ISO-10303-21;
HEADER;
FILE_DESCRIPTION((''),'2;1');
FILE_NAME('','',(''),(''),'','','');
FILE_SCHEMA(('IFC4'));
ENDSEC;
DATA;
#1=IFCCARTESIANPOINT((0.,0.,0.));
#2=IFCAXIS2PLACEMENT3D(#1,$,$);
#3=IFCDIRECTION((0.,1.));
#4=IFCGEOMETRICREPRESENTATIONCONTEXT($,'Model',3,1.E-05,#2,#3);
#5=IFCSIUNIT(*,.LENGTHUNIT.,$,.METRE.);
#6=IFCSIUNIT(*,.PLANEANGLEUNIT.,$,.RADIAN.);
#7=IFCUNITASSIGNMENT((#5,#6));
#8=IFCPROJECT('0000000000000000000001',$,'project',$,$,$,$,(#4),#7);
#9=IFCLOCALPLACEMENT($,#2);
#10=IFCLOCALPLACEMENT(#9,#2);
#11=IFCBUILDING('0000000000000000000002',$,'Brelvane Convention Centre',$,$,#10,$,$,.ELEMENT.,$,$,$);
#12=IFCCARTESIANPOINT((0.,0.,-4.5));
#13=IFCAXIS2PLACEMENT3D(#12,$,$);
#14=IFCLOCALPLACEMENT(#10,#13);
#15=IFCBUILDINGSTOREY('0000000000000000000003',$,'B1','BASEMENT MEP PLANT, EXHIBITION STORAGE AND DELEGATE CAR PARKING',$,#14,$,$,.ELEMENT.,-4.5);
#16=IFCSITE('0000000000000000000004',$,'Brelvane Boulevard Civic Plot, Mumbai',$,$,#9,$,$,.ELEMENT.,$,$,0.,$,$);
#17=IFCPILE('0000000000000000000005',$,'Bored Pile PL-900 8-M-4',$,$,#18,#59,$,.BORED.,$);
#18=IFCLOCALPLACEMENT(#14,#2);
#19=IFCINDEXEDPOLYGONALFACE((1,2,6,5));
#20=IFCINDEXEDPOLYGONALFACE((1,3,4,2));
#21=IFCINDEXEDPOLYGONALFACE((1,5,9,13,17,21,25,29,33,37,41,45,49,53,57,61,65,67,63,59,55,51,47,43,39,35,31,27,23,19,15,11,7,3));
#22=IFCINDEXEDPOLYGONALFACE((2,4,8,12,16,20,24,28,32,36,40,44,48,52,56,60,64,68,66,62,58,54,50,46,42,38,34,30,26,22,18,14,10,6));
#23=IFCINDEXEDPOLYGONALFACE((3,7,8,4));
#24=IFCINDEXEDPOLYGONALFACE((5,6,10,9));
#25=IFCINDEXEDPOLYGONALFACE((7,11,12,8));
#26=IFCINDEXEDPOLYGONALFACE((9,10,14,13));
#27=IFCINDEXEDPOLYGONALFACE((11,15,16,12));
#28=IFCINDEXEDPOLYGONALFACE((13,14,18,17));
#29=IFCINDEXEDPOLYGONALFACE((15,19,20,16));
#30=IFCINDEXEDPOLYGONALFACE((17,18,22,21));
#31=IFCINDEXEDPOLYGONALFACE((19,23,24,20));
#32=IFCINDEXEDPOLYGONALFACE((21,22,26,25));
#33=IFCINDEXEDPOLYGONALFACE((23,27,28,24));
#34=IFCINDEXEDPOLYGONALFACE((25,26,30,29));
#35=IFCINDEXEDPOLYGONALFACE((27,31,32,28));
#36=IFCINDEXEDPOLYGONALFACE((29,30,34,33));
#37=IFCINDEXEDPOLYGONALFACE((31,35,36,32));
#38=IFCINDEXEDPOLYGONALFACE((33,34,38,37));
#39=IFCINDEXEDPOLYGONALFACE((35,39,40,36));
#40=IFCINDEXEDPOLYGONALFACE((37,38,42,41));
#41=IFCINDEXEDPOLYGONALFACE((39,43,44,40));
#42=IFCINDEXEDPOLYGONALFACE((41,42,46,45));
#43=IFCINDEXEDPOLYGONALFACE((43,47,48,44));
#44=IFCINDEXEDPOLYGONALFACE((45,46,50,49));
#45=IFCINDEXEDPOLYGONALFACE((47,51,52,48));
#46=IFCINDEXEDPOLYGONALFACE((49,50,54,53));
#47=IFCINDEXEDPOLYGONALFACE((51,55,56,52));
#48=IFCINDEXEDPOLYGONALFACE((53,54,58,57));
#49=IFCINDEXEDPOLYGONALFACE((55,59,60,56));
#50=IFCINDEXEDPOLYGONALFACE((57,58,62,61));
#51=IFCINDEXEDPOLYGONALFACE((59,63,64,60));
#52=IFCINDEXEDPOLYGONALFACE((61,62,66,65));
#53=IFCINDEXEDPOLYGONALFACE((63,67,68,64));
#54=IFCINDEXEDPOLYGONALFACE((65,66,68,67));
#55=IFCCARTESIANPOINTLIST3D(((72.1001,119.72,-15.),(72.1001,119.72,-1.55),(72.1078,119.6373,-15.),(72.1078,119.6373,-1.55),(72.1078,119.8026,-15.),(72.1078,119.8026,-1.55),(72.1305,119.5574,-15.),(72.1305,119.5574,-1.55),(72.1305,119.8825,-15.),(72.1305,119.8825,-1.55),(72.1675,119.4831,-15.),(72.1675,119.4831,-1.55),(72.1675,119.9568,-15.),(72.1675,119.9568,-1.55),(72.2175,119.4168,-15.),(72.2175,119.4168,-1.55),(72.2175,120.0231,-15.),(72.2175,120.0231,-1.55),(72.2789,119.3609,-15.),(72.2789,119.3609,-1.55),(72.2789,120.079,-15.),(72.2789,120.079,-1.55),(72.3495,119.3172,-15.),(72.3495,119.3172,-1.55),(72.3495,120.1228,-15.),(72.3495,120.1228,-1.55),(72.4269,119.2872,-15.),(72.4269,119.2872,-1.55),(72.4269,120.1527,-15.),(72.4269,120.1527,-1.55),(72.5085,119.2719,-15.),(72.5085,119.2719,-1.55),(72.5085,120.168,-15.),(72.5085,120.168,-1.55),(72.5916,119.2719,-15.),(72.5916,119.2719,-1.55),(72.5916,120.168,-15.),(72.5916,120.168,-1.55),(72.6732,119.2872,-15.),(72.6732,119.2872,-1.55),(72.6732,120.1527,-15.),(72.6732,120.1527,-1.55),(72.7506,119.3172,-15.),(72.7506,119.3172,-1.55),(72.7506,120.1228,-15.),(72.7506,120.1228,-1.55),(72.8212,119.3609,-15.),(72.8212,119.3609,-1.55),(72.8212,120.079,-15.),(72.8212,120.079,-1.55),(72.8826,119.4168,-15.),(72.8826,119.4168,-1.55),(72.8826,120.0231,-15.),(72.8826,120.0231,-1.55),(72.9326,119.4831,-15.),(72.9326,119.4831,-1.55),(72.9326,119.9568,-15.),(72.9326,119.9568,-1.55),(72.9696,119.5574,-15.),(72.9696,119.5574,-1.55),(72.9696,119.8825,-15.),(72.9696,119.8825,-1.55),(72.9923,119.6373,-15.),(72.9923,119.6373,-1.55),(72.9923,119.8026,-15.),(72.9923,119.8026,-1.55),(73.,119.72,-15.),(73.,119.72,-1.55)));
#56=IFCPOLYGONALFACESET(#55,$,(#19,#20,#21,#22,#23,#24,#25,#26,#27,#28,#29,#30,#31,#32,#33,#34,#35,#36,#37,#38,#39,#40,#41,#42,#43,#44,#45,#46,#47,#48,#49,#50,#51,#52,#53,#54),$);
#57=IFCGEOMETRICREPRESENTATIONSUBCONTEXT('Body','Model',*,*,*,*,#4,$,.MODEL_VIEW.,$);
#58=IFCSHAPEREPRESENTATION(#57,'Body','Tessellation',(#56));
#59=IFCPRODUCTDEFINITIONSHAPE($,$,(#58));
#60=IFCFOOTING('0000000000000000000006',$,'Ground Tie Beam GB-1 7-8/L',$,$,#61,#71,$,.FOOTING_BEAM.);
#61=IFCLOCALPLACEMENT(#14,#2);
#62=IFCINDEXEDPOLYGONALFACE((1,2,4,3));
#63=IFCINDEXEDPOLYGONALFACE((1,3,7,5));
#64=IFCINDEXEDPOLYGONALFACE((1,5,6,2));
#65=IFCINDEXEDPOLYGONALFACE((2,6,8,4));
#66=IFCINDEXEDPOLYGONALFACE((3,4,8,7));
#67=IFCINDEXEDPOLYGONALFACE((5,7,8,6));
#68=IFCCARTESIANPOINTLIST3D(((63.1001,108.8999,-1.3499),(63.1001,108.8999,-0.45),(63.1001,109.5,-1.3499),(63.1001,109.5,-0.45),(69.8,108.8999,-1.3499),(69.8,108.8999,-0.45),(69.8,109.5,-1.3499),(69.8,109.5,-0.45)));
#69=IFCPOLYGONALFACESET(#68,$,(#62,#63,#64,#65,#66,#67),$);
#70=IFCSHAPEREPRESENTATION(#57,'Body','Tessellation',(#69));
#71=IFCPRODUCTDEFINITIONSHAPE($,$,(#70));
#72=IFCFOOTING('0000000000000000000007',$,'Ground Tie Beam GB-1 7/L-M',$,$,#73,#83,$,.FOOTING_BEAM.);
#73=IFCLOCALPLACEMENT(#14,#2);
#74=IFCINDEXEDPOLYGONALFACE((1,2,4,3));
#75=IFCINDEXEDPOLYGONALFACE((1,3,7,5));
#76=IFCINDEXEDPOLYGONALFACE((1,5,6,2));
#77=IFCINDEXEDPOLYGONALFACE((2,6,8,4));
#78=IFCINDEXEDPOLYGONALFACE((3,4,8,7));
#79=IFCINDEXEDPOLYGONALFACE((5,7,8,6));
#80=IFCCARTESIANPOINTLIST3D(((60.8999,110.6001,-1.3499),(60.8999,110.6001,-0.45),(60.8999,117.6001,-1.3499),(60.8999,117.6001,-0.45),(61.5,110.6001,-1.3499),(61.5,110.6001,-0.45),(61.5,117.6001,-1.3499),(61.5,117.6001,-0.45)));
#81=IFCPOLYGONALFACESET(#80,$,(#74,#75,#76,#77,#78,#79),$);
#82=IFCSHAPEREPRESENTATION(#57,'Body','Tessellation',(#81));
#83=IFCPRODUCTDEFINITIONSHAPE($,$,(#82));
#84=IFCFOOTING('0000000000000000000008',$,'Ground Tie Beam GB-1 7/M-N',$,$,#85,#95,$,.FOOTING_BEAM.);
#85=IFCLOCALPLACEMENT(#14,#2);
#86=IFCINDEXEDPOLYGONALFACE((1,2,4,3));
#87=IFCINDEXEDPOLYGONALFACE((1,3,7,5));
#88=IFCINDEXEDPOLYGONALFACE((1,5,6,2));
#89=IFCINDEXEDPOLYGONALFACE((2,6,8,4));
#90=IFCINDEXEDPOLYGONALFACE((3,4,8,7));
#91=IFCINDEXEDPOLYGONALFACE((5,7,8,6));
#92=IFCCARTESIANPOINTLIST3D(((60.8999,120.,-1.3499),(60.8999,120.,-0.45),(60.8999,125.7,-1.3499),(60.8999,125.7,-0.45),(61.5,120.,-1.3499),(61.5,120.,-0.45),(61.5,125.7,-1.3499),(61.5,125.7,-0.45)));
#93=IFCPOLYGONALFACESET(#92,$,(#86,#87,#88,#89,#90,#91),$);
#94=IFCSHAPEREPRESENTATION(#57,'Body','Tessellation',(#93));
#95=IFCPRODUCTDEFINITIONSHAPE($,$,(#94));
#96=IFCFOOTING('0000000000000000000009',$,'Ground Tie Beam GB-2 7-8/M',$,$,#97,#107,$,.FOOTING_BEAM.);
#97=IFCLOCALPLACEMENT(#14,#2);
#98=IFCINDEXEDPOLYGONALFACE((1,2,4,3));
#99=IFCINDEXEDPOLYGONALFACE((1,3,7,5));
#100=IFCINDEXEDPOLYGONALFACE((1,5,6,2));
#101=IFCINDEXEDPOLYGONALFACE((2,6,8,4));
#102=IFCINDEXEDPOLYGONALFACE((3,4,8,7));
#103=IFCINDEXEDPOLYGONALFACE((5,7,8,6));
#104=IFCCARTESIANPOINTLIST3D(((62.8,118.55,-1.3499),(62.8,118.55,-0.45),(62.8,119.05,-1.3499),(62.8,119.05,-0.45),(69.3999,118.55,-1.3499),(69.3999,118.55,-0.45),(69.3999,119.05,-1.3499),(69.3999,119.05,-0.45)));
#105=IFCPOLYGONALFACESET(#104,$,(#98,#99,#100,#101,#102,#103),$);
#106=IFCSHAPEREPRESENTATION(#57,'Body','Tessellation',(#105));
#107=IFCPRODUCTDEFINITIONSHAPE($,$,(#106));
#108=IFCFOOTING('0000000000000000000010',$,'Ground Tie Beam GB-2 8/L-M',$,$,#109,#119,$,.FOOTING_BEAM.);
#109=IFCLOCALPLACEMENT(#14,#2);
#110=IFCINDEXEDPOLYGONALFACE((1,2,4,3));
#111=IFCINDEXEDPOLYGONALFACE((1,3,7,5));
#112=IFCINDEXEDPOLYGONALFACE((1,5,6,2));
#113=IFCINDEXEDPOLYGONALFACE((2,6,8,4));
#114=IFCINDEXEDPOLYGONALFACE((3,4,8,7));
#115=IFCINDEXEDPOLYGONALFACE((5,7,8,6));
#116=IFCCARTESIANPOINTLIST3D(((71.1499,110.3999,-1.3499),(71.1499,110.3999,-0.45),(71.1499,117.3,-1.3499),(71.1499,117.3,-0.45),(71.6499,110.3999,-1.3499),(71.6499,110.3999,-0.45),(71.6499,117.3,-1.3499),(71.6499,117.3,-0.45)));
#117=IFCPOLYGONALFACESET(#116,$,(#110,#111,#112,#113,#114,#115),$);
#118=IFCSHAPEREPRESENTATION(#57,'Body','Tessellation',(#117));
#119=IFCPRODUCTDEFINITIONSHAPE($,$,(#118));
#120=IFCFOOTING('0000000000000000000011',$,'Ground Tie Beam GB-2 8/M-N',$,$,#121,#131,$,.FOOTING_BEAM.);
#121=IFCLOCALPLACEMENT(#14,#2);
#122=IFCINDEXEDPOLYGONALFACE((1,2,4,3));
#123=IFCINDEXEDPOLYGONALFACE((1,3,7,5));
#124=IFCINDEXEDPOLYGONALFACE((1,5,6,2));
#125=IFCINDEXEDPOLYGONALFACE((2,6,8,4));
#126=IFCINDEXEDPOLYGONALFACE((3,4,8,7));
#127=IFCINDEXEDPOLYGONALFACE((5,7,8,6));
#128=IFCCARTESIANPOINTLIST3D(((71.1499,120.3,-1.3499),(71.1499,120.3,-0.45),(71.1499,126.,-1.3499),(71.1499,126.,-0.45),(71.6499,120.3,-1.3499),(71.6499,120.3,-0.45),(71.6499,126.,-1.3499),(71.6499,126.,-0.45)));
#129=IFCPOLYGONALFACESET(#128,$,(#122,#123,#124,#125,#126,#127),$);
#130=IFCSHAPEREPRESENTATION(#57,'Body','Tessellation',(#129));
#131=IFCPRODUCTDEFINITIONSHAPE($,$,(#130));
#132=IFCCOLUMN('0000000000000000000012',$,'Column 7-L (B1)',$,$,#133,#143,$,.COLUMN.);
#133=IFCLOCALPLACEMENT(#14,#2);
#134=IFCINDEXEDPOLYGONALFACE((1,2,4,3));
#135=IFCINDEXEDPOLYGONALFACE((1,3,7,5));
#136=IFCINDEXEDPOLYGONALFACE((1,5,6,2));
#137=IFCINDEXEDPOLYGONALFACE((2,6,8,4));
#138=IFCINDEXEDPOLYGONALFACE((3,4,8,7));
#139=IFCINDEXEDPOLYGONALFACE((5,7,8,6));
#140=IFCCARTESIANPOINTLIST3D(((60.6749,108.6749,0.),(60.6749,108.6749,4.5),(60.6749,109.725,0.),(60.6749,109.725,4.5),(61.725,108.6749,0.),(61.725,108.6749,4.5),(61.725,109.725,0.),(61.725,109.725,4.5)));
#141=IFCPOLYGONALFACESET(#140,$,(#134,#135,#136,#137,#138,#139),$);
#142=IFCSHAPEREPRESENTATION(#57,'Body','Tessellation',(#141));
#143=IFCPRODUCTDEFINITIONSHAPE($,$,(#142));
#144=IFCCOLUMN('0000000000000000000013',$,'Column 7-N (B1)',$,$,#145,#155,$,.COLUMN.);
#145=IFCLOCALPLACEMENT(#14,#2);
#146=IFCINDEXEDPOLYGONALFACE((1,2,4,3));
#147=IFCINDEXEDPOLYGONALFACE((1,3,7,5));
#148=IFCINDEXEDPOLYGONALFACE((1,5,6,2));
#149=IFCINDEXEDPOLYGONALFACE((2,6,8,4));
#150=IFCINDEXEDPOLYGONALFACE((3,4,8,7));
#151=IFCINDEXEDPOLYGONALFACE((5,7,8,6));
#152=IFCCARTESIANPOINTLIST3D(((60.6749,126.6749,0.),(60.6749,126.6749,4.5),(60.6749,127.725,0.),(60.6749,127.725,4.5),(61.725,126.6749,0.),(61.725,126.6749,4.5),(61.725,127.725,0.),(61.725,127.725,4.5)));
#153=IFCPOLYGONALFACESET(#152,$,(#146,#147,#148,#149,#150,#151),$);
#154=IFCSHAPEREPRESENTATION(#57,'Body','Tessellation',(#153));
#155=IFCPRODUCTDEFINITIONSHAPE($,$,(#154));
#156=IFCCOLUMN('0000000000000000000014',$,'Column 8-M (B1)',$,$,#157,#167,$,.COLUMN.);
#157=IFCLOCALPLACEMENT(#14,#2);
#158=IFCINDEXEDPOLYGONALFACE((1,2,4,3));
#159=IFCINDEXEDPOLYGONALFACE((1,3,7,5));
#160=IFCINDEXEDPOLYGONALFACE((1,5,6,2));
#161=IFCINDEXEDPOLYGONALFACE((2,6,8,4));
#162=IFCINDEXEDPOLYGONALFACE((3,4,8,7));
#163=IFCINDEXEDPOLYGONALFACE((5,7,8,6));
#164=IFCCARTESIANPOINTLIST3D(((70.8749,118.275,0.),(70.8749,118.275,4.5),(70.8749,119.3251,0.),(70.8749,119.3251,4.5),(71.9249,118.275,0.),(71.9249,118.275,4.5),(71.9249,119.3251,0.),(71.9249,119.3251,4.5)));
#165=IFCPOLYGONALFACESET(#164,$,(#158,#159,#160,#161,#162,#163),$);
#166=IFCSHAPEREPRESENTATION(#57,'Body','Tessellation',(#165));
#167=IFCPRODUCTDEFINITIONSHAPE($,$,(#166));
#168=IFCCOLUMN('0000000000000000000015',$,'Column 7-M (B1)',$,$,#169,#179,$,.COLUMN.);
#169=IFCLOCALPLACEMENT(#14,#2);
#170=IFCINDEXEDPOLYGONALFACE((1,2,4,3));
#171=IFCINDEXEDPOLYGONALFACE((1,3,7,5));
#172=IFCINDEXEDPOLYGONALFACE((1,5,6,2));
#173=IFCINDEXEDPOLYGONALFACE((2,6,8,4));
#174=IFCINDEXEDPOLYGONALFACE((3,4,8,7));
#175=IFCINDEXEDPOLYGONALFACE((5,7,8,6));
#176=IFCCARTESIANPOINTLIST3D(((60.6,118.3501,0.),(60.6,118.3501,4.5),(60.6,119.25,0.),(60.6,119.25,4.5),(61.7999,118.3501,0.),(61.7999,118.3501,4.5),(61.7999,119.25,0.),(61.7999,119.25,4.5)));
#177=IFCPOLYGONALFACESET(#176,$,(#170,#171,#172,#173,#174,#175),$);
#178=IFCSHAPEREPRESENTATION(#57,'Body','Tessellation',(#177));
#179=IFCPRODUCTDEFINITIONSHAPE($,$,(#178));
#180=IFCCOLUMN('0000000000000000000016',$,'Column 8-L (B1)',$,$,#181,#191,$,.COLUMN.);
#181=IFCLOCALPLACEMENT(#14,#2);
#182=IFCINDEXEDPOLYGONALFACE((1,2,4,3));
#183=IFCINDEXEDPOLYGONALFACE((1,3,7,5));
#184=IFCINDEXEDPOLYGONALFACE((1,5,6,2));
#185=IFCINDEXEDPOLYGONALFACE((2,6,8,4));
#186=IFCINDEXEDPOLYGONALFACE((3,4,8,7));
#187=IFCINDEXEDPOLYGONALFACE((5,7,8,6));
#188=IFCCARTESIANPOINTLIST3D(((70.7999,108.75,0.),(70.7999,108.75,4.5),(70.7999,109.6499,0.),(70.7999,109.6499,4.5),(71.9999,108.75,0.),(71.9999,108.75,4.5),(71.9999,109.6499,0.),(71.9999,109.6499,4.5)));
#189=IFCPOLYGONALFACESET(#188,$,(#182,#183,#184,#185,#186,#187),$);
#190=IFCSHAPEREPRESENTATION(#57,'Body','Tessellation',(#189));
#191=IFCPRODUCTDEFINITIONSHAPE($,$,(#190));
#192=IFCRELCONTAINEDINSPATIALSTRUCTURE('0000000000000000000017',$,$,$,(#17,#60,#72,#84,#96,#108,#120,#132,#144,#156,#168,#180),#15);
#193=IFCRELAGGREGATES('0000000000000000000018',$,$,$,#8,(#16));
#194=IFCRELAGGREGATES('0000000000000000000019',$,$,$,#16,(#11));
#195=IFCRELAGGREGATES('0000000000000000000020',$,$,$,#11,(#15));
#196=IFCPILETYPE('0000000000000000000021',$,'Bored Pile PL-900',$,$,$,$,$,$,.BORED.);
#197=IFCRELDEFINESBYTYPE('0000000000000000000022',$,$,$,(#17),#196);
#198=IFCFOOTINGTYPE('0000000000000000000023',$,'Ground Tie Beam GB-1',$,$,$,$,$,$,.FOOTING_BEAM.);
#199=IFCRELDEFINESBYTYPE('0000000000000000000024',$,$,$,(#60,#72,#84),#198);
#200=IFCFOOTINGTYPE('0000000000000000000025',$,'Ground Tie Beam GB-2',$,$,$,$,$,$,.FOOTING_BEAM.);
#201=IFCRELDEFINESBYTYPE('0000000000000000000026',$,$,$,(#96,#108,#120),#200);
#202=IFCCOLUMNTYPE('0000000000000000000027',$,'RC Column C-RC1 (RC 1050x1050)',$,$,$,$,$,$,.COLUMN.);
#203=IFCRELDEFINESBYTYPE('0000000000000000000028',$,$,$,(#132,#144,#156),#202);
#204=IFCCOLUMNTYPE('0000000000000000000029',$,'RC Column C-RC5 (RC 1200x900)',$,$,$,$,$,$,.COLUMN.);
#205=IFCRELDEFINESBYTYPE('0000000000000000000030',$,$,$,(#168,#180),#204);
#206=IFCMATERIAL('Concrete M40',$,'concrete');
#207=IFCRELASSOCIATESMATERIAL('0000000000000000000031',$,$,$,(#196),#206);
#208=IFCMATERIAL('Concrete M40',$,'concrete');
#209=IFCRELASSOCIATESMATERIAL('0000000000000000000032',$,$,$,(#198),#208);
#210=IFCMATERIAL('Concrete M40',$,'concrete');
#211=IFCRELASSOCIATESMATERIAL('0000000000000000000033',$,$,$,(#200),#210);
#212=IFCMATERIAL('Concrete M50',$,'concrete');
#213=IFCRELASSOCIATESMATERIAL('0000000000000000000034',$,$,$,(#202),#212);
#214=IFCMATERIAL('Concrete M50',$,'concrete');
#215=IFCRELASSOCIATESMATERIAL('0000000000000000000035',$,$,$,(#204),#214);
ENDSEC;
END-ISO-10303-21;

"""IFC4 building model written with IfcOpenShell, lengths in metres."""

from ifc_helpers import new_model, si_unit, direction, frame, origin, origin_2d, place, context, subcontext, project, spatial, rectangle, circle, extrude, material, material_profile, profile_set, type_object, element, save


model = new_model("IFC4")

# Units and contexts
model_context = context("Model", 3, precision=1e-05, world=origin(), true_north=direction((0.0, 1.0)))
body_context = subcontext(model_context, "Body", "Model", "MODEL_VIEW")
ifc_project = project(units=[si_unit("LENGTHUNIT", "METRE"), si_unit("PLANEANGLEUNIT", "RADIAN")], contexts=[model_context])

# Site, building, storey
site_placement = place(None, origin())
site = spatial("IfcSite", under=ifc_project, at=site_placement, Name="Brelvane Boulevard Civic Plot, Mumbai", CompositionType="ELEMENT", RefElevation=0.0)
building_placement = place(site_placement, origin())
building = spatial("IfcBuilding", under=site, at=building_placement, Name="Brelvane Convention Centre", CompositionType="ELEMENT")
storey_placement = place(building_placement, frame((0.0, 0.0, -4.5)))
storey = spatial("IfcBuildingStorey", under=building, at=storey_placement, Name="B1", Description="BASEMENT MEP PLANT, EXHIBITION STORAGE AND DELEGATE CAR PARKING", CompositionType="ELEMENT", Elevation=-4.5)

# Pile
ifc_material_1 = material(Name="Concrete M40", Category="concrete")
ifc_material_profile_1 = material_profile(ifc_material_1, circle(Radius=0.45, at=origin_2d()), Name="PILE D900")
ifc_profile_set_1 = profile_set([ifc_material_profile_1], Name="Concrete M40")
pile_type = type_object("IfcPileType", Name="Bored Pile PL-900", PredefinedType="BORED", material=ifc_profile_set_1)
for number, where, z_axis, x_axis, name in (
    (1, (72.55, 119.72, -1.55), (0.0, 0.0, -1.0), (1.0, 0.0, 0.0), "Bored Pile PL-900 8-M-4"),
):
    element("IfcPile", number, at=place(storey_placement, frame(where, z_axis=z_axis, x_axis=x_axis)), inside=storey, type_object=pile_type, Name=name, PredefinedType="BORED", context=body_context, shape_type="SweptSolid", body=[
        extrude(circle(Radius=0.45, at=origin_2d()), origin(), (0.0, 0.0, 1.0), 13.45),
    ])

# Footings
ifc_material_2 = material(Name="Concrete M40", Category="concrete")
ifc_material_profile_2 = material_profile(ifc_material_2, rectangle(XDim=0.6001, YDim=0.8999, at=origin_2d()), Name="RC 600x900")
ifc_profile_set_2 = profile_set([ifc_material_profile_2], Name="Concrete M40")
footing_type_1 = type_object("IfcFootingType", Name="Ground Tie Beam GB-1", PredefinedType="FOOTING_BEAM", material=ifc_profile_set_2)
footing_1_placement = place(storey_placement, frame((63.1001, 109.2, -0.8999), z_axis=(1.0, 0.0, 0.0), x_axis=(0.0, 1.0, 0.0)))
element("IfcFooting", 2, at=footing_1_placement, inside=storey, type_object=footing_type_1, Name="Ground Tie Beam GB-1 7-8/L", PredefinedType="FOOTING_BEAM", context=body_context, shape_type="SweptSolid", body=[
    extrude(rectangle(XDim=0.6001, YDim=0.8999, at=origin_2d()), origin(), (0.0, 0.0, 1.0), 6.7),
])
footing_2_placement = place(storey_placement, frame((61.2, 110.6001, -0.8999), z_axis=(0.0, 1.0, 0.0), x_axis=(-1.0, 0.0, 0.0)))
element("IfcFooting", 3, at=footing_2_placement, inside=storey, type_object=footing_type_1, Name="Ground Tie Beam GB-1 7/L-M", PredefinedType="FOOTING_BEAM", context=body_context, shape_type="SweptSolid", body=[
    extrude(rectangle(XDim=0.6001, YDim=0.8999, at=origin_2d()), origin(), (0.0, 0.0, 1.0), 7.0),
])
footing_3_placement = place(storey_placement, frame((61.2, 120.0, -0.8999), z_axis=(0.0, 1.0, 0.0), x_axis=(-1.0, 0.0, 0.0)))
element("IfcFooting", 4, at=footing_3_placement, inside=storey, type_object=footing_type_1, Name="Ground Tie Beam GB-1 7/M-N", PredefinedType="FOOTING_BEAM", context=body_context, shape_type="SweptSolid", body=[
    extrude(rectangle(XDim=0.6001, YDim=0.8999, at=origin_2d()), origin(), (0.0, 0.0, 1.0), 5.7),
])
ifc_material_3 = material(Name="Concrete M40", Category="concrete")
ifc_material_profile_3 = material_profile(ifc_material_3, rectangle(XDim=0.5, YDim=0.8999, at=origin_2d()), Name="RC 500x900")
ifc_profile_set_3 = profile_set([ifc_material_profile_3], Name="Concrete M40")
footing_type_2 = type_object("IfcFootingType", Name="Ground Tie Beam GB-2", PredefinedType="FOOTING_BEAM", material=ifc_profile_set_3)
footing_4_placement = place(storey_placement, frame((62.8, 118.8, -0.8999), z_axis=(1.0, 0.0, 0.0), x_axis=(0.0, 1.0, 0.0)))
element("IfcFooting", 5, at=footing_4_placement, inside=storey, type_object=footing_type_2, Name="Ground Tie Beam GB-2 7-8/M", PredefinedType="FOOTING_BEAM", context=body_context, shape_type="SweptSolid", body=[
    extrude(rectangle(XDim=0.5, YDim=0.8999, at=origin_2d()), origin(), (0.0, 0.0, 1.0), 6.5999),
])
footing_5_placement = place(storey_placement, frame((71.3999, 110.3999, -0.8999), z_axis=(0.0, 1.0, 0.0), x_axis=(-1.0, 0.0, 0.0)))
element("IfcFooting", 6, at=footing_5_placement, inside=storey, type_object=footing_type_2, Name="Ground Tie Beam GB-2 8/L-M", PredefinedType="FOOTING_BEAM", context=body_context, shape_type="SweptSolid", body=[
    extrude(rectangle(XDim=0.5, YDim=0.8999, at=origin_2d()), origin(), (0.0, 0.0, 1.0), 6.9001),
])
footing_6_placement = place(storey_placement, frame((71.3999, 120.3, -0.8999), z_axis=(0.0, 1.0, 0.0), x_axis=(-1.0, 0.0, 0.0)))
element("IfcFooting", 7, at=footing_6_placement, inside=storey, type_object=footing_type_2, Name="Ground Tie Beam GB-2 8/M-N", PredefinedType="FOOTING_BEAM", context=body_context, shape_type="SweptSolid", body=[
    extrude(rectangle(XDim=0.5, YDim=0.8999, at=origin_2d()), origin(), (0.0, 0.0, 1.0), 5.7),
])

# Columns
ifc_material_4 = material(Name="Concrete M50", Category="concrete")
ifc_material_profile_4 = material_profile(ifc_material_4, rectangle(XDim=1.05, YDim=1.05, at=origin_2d()), Name="RC 1050x1050")
ifc_profile_set_4 = profile_set([ifc_material_profile_4], Name="Concrete M50")
column_type_1 = type_object("IfcColumnType", Name="RC Column C-RC1 (RC 1050x1050)", PredefinedType="COLUMN", material=ifc_profile_set_4)
for number, where, z_axis, x_axis, name in (
    (8, (61.2, 109.2, 0.0), (0.0, 0.0, 1.0), (1.0, 0.0, 0.0), "Column 7-L (B1)"),
    (9, (61.2, 127.2, 0.0), (0.0, 0.0, 1.0), (1.0, 0.0, 0.0), "Column 7-N (B1)"),
    (10, (71.3999, 118.8, 0.0), (0.0, 0.0, 1.0), (1.0, 0.0, 0.0), "Column 8-M (B1)"),
):
    element("IfcColumn", number, at=place(storey_placement, frame(where, z_axis=z_axis, x_axis=x_axis)), inside=storey, type_object=column_type_1, Name=name, PredefinedType="COLUMN", context=body_context, shape_type="SweptSolid", body=[
        extrude(rectangle(XDim=1.05, YDim=1.05, at=origin_2d()), origin(), (0.0, 0.0, 1.0), 4.5),
    ])
ifc_material_5 = material(Name="Concrete M50", Category="concrete")
ifc_material_profile_5 = material_profile(ifc_material_5, rectangle(XDim=1.2, YDim=0.8999, at=origin_2d()), Name="RC 1200x900")
ifc_profile_set_5 = profile_set([ifc_material_profile_5], Name="Concrete M50")
column_type_2 = type_object("IfcColumnType", Name="RC Column C-RC5 (RC 1200x900)", PredefinedType="COLUMN", material=ifc_profile_set_5)
for number, where, z_axis, x_axis, name in (
    (11, (61.2, 118.8, 0.0), (0.0, 0.0, 1.0), (1.0, 0.0, 0.0), "Column 7-M (B1)"),
    (12, (71.3999, 109.2, 0.0), (0.0, 0.0, 1.0), (1.0, 0.0, 0.0), "Column 8-L (B1)"),
):
    element("IfcColumn", number, at=place(storey_placement, frame(where, z_axis=z_axis, x_axis=x_axis)), inside=storey, type_object=column_type_2, Name=name, PredefinedType="COLUMN", context=body_context, shape_type="SweptSolid", body=[
        extrude(rectangle(XDim=1.2, YDim=0.8999, at=origin_2d()), origin(), (0.0, 0.0, 1.0), 4.5),
    ])

save(model, "model.ifc")
